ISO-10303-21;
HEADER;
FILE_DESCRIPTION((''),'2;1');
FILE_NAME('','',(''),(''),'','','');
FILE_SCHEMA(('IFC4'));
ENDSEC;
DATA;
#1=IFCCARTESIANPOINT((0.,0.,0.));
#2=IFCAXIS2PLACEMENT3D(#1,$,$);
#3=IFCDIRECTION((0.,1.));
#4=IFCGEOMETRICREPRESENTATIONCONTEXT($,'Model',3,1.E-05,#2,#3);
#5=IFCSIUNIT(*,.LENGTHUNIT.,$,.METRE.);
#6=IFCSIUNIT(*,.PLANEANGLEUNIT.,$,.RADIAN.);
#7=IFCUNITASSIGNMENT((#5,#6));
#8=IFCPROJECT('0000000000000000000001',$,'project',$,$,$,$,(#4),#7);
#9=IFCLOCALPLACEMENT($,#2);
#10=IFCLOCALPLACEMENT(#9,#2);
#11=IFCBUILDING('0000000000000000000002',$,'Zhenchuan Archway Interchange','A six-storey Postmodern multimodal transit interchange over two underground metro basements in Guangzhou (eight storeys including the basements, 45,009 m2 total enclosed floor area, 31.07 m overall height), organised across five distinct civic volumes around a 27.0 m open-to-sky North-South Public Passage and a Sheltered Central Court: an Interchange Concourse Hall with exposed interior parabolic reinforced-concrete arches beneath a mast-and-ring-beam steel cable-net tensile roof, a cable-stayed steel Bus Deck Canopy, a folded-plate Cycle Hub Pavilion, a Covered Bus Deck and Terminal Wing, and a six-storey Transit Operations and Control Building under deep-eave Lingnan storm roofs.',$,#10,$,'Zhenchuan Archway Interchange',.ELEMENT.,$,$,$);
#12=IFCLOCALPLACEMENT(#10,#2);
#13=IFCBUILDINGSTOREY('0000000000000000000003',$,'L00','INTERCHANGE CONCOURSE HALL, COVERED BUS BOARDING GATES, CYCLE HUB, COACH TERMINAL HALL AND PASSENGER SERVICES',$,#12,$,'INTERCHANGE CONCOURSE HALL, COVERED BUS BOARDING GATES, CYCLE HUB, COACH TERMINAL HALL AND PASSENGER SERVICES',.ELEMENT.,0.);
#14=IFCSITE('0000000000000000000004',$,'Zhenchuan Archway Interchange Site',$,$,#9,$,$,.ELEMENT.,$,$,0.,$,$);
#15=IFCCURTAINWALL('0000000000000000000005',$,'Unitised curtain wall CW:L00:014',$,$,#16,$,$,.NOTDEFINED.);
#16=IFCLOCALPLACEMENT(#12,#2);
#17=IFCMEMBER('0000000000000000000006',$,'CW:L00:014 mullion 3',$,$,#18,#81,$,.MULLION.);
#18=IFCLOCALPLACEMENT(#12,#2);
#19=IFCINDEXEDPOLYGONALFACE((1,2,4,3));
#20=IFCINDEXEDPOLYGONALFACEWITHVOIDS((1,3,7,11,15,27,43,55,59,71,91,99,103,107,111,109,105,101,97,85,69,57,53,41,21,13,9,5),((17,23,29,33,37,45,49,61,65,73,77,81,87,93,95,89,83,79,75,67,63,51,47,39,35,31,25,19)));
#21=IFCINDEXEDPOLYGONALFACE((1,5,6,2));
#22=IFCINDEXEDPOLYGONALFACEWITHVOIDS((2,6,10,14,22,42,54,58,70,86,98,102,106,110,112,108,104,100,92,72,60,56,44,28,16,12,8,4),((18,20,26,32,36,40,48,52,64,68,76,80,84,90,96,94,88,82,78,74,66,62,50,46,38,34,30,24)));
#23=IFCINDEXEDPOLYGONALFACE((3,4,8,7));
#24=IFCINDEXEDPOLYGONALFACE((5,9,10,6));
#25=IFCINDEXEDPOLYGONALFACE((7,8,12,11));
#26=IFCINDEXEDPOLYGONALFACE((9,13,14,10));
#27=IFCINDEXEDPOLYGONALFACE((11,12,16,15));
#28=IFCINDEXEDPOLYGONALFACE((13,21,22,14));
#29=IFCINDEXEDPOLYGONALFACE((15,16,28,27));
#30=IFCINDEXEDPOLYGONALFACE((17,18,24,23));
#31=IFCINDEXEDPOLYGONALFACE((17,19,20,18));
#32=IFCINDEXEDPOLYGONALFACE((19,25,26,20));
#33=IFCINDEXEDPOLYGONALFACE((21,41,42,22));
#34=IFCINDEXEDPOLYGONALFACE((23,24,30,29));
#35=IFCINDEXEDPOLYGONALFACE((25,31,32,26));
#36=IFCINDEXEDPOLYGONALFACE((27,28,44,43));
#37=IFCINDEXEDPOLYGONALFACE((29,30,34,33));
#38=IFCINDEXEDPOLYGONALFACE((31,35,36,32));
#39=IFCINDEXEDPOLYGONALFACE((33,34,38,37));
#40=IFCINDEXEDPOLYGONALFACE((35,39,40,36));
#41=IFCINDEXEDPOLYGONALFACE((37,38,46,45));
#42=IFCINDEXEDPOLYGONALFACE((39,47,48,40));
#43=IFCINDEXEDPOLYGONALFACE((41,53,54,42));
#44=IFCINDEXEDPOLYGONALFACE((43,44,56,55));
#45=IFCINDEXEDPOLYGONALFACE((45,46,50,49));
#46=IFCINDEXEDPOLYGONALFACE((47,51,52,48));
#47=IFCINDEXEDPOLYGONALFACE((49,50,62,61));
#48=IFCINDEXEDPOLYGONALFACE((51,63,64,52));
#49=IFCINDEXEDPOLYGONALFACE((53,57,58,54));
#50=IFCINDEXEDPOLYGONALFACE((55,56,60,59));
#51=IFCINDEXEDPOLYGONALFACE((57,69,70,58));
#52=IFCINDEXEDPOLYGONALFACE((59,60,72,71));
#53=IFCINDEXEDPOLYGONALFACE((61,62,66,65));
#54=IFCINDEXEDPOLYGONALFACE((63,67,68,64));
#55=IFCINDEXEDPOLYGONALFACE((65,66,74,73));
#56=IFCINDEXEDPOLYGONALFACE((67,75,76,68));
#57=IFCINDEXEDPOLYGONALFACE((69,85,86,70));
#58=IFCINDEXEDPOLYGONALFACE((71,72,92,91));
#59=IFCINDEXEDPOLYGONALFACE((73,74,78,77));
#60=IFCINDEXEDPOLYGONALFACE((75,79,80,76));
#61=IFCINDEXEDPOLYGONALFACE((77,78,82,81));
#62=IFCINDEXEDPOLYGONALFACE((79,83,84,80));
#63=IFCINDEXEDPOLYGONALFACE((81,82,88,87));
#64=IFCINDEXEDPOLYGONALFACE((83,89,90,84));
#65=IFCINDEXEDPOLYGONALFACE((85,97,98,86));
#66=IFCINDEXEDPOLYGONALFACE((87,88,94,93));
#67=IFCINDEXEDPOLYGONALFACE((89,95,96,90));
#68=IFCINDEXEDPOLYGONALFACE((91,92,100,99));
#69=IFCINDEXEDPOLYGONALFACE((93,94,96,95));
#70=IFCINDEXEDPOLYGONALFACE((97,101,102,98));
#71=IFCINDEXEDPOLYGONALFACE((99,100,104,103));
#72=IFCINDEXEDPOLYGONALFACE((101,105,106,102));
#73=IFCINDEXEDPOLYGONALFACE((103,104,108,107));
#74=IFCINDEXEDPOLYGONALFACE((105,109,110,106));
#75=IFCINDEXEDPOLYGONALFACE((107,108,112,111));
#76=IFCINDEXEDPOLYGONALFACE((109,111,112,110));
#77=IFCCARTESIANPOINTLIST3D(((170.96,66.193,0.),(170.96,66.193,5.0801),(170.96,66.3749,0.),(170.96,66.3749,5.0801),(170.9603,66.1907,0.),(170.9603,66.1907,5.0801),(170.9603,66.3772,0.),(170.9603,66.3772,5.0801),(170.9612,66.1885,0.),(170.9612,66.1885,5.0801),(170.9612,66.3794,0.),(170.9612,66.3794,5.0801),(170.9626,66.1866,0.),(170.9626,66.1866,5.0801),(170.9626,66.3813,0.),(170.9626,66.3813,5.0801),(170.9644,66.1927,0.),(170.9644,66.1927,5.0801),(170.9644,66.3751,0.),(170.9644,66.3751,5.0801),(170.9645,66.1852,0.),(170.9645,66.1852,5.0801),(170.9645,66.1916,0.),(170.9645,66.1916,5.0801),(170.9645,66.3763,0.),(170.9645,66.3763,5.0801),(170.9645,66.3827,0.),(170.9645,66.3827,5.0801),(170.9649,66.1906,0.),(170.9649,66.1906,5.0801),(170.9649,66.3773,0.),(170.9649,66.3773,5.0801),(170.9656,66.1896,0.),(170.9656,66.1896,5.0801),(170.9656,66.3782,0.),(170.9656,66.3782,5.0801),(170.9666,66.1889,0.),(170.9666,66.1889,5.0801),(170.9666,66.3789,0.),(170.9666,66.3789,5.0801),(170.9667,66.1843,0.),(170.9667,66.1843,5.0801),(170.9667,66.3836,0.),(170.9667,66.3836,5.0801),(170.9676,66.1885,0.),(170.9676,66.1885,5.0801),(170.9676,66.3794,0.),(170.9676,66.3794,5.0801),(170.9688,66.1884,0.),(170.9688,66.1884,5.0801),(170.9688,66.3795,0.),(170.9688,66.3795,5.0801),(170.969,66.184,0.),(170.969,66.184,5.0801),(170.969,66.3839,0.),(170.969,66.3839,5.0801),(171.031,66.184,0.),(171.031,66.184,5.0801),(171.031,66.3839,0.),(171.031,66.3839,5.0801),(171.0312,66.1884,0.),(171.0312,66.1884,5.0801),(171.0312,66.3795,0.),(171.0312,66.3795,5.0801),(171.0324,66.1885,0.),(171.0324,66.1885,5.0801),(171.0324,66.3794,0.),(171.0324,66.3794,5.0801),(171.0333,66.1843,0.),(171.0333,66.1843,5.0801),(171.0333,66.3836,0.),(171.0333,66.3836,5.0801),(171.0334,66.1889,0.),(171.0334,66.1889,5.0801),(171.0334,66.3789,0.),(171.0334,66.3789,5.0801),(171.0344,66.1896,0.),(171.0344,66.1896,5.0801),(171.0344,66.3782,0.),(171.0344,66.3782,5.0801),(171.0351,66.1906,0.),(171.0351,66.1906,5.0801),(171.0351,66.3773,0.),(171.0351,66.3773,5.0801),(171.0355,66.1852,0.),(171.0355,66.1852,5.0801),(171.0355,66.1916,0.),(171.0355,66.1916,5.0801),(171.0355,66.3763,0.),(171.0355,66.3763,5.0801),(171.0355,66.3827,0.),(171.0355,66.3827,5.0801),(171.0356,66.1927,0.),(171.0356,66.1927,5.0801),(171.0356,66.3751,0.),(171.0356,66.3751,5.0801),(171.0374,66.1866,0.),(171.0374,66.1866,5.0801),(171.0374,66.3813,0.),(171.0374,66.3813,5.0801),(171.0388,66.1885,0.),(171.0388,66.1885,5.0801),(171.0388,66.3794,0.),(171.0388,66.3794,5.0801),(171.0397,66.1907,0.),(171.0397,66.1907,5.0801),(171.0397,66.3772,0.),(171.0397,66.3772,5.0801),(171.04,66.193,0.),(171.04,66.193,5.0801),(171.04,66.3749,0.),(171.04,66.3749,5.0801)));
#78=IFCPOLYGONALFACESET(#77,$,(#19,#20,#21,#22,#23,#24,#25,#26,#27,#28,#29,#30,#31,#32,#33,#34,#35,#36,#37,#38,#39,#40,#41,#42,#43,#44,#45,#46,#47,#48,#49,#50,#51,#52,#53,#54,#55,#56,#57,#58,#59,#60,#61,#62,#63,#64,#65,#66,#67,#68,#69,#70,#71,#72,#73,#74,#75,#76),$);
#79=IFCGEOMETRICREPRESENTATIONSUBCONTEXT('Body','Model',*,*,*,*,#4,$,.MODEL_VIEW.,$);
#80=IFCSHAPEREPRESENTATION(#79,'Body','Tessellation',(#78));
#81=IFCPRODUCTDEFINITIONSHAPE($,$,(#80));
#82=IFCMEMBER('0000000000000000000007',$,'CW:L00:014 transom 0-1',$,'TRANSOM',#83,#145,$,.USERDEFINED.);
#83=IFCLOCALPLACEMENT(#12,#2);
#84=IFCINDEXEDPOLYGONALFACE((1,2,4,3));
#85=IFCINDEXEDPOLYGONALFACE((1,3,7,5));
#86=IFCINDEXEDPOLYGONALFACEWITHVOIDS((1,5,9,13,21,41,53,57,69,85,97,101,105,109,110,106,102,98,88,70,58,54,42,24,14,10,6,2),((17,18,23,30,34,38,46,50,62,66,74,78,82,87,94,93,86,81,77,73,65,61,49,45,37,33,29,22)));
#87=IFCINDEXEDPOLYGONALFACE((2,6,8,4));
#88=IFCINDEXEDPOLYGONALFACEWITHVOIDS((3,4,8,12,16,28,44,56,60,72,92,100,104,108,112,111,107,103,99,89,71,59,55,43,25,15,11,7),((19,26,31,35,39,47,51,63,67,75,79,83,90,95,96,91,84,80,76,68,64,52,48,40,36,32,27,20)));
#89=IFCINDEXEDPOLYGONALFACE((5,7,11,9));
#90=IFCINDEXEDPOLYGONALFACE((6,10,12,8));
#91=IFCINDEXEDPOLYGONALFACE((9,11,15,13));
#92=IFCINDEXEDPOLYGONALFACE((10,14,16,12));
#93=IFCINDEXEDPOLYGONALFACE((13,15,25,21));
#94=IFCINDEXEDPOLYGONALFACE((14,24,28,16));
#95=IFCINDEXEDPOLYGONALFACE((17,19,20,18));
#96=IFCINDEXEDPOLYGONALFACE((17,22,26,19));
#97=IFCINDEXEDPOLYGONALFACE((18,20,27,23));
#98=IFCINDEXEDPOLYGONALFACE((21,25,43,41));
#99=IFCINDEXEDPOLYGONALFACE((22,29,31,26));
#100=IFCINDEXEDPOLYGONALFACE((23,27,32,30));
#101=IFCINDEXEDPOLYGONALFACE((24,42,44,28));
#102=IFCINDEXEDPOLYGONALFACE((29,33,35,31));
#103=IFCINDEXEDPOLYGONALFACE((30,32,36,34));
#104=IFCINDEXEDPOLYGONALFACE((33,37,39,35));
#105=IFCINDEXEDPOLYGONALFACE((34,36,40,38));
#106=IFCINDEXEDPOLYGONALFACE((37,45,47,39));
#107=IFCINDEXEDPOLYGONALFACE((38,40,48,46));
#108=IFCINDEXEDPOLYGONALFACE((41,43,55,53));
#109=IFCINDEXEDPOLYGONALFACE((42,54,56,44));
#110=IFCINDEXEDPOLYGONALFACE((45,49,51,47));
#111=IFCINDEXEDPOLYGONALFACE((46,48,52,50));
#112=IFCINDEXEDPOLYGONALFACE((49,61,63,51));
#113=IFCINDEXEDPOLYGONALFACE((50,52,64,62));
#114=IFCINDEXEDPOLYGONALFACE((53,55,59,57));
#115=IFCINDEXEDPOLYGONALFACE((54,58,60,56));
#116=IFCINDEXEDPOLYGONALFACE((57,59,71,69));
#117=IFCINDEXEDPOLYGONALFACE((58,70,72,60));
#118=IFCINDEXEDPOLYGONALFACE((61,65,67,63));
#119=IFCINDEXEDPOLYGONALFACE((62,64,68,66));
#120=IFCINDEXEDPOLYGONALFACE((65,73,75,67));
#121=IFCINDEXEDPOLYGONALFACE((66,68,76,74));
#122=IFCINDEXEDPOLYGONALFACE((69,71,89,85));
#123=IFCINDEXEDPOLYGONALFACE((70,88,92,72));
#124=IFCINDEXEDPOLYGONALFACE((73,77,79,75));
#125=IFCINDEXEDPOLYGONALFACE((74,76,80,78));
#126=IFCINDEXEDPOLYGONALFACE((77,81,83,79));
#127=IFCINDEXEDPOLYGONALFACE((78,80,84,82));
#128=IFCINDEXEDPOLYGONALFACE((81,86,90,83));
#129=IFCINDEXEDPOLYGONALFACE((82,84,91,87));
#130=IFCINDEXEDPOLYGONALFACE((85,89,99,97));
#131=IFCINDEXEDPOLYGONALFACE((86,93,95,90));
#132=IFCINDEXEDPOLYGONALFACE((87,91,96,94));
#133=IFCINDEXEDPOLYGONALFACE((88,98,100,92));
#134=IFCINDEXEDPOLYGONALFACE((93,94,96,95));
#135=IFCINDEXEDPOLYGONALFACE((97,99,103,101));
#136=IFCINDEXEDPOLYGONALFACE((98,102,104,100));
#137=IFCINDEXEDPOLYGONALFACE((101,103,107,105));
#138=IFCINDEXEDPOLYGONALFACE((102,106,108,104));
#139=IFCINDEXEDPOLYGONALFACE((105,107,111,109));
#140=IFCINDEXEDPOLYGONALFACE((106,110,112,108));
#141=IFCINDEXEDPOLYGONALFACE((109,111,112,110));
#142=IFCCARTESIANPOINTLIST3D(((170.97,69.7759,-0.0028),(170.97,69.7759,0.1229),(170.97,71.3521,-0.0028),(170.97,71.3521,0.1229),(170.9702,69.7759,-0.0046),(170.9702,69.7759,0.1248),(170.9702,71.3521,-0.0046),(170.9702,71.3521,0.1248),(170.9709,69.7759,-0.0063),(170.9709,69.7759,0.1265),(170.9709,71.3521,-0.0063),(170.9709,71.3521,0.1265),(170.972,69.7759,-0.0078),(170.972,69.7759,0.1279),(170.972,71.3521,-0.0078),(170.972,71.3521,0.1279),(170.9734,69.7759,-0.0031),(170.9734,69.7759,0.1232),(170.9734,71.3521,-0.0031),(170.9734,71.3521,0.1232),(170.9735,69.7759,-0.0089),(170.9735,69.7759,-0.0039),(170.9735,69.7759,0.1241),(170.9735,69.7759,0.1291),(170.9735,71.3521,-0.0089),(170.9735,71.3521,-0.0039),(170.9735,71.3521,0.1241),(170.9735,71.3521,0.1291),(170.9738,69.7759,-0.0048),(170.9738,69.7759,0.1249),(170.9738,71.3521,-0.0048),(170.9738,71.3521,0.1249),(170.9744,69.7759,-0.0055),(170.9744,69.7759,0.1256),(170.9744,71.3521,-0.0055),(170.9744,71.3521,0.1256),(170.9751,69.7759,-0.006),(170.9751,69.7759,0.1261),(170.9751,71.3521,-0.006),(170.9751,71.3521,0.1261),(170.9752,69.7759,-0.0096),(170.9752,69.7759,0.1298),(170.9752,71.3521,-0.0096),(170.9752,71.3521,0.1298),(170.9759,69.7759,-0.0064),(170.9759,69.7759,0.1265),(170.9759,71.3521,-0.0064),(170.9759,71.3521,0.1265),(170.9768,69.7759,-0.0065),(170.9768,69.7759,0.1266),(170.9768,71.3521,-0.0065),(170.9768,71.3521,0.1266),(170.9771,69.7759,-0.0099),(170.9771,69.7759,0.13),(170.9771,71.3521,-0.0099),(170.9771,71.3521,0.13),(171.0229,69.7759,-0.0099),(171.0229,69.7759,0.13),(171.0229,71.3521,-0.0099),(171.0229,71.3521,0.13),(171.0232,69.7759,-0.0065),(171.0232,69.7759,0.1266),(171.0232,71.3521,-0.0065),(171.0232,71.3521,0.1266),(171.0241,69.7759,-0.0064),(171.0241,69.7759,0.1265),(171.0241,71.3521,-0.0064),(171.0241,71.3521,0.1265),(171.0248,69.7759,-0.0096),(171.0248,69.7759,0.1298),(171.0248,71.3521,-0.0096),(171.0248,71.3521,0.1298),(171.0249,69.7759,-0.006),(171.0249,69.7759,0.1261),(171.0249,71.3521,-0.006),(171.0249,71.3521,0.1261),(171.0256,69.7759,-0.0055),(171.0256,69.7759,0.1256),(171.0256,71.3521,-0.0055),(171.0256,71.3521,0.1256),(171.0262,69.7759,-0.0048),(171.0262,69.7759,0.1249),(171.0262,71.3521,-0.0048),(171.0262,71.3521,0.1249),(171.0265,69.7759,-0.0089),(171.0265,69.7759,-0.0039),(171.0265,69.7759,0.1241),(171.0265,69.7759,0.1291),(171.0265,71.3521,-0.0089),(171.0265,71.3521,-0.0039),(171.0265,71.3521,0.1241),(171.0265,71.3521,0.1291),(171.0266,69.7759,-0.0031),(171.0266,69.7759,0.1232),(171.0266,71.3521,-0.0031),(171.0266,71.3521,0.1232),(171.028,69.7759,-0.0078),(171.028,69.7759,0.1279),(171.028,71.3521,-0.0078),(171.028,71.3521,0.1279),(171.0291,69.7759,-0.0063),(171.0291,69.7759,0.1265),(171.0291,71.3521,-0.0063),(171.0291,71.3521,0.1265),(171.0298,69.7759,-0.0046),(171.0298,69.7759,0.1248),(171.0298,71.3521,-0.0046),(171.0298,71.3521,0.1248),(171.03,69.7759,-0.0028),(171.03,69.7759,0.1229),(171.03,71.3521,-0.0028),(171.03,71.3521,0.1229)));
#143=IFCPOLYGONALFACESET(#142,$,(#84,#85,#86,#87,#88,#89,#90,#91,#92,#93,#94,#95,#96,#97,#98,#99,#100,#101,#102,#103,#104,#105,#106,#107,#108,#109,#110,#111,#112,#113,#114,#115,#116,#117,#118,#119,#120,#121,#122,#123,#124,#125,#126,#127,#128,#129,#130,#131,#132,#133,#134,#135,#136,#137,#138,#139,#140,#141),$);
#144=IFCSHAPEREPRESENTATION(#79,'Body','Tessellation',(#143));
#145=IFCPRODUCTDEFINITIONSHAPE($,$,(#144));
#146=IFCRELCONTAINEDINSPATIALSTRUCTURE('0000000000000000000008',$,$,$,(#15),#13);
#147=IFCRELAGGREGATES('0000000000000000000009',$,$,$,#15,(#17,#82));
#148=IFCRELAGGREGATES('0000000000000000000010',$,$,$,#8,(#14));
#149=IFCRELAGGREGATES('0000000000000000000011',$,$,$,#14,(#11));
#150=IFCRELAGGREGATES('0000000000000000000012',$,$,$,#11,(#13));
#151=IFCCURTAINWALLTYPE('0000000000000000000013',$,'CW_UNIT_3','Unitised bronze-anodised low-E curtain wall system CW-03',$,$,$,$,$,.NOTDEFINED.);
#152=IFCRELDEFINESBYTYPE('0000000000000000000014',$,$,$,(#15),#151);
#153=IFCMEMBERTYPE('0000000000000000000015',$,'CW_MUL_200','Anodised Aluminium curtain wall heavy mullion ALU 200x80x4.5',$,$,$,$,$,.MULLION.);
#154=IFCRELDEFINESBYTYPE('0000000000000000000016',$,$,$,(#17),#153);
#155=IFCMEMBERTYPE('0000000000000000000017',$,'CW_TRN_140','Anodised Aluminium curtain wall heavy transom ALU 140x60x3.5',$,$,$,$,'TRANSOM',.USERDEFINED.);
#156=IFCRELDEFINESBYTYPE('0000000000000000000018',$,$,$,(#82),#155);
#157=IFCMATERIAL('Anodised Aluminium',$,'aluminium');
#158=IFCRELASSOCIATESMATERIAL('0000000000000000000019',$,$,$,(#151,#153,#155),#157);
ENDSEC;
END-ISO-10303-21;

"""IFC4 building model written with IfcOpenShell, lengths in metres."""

from ifc_helpers import new_model, si_unit, direction, frame, origin, origin_2d, place, context, subcontext, project, spatial, hollow_rectangle, extrude, material, material_profile, profile_set, type_object, element, aggregate, save


model = new_model("IFC4")

# Units and contexts
model_context = context("Model", 3, precision=1e-05, world=origin(), true_north=direction((0.0, 1.0)))
body_context = subcontext(model_context, "Body", "Model", "MODEL_VIEW")
ifc_project = project(units=[si_unit("LENGTHUNIT", "METRE"), si_unit("PLANEANGLEUNIT", "RADIAN")], contexts=[model_context])

# Site, building, storey
site_placement = place(None, origin())
site = spatial("IfcSite", under=ifc_project, at=site_placement, Name="Zhenchuan Archway Interchange Site", CompositionType="ELEMENT", RefElevation=0.0)
building_placement = place(site_placement, origin())
building = spatial("IfcBuilding", under=site, at=building_placement, Name="Zhenchuan Archway Interchange", Description="A six-storey Postmodern multimodal transit interchange over two underground metro basements in Guangzhou (eight storeys including the basements, 45,009 m2 total enclosed floor area, 31.07 m overall height), organised across five distinct civic volumes around a 27.0 m open-to-sky North-South Public Passage and a Sheltered Central Court: an Interchange Concourse Hall with exposed interior parabolic reinforced-concrete arches beneath a mast-and-ring-beam steel cable-net tensile roof, a cable-stayed steel Bus Deck Canopy, a folded-plate Cycle Hub Pavilion, a Covered Bus Deck and Terminal Wing, and a six-storey Transit Operations and Control Building under deep-eave Lingnan storm roofs.", LongName="Zhenchuan Archway Interchange", CompositionType="ELEMENT")
storey_placement = place(building_placement, origin())
storey = spatial("IfcBuildingStorey", under=building, at=storey_placement, Name="L00", Description="INTERCHANGE CONCOURSE HALL, COVERED BUS BOARDING GATES, CYCLE HUB, COACH TERMINAL HALL AND PASSENGER SERVICES", LongName="INTERCHANGE CONCOURSE HALL, COVERED BUS BOARDING GATES, CYCLE HUB, COACH TERMINAL HALL AND PASSENGER SERVICES", CompositionType="ELEMENT", Elevation=0.0)

# Curtain wall, members
ifc_material_1 = material(Name="Anodised Aluminium", Category="aluminium")
curtain_wall_type = type_object("IfcCurtainWallType", Name="CW_UNIT_3", Description="Unitised bronze-anodised low-E curtain wall system CW-03", PredefinedType="NOTDEFINED", material=ifc_material_1)
curtain_wall_placement = place(storey_placement, origin())
curtain_wall = element("IfcCurtainWall", 1, at=curtain_wall_placement, inside=storey, type_object=curtain_wall_type, Name="Unitised curtain wall CW:L00:014", PredefinedType="NOTDEFINED")
ifc_material_profile_1 = material_profile(ifc_material_1, hollow_rectangle(XDim=0.0801, YDim=0.2, WallThickness=0.0044, InnerFilletRadius=0.0044, OuterFilletRadius=0.009, at=origin_2d()), Name="ALU 200x80x4.5")
ifc_profile_set_1 = profile_set([ifc_material_profile_1], Name="Anodised Aluminium")
member_type_1 = type_object("IfcMemberType", Name="CW_MUL_200", Description="Anodised Aluminium curtain wall heavy mullion ALU 200x80x4.5", PredefinedType="MULLION", material=ifc_profile_set_1)
member_1_placement = place(storey_placement, frame((171.0, 66.2839, 0.0), z_axis=(0.0, 0.0, 1.0), x_axis=(1.0, 0.0, 0.0)))
member_1 = element("IfcMember", 2, at=member_1_placement, type_object=member_type_1, Name="CW:L00:014 mullion 3", PredefinedType="MULLION", context=body_context, shape_type="SweptSolid", body=[
    extrude(hollow_rectangle(XDim=0.0801, YDim=0.2, WallThickness=0.0044, InnerFilletRadius=0.0044, OuterFilletRadius=0.009, at=origin_2d()), origin(), (0.0, 0.0, 1.0), 5.0801),
])
ifc_material_profile_2 = material_profile(ifc_material_1, hollow_rectangle(XDim=0.0601, YDim=0.1399, WallThickness=0.0034, InnerFilletRadius=0.0034, OuterFilletRadius=0.0071, at=origin_2d()), Name="ALU 140x60x3.5")
ifc_profile_set_2 = profile_set([ifc_material_profile_2], Name="Anodised Aluminium")
member_type_2 = type_object("IfcMemberType", Name="CW_TRN_140", Description="Anodised Aluminium curtain wall heavy transom ALU 140x60x3.5", ElementType="TRANSOM", PredefinedType="USERDEFINED", material=ifc_profile_set_2)
member_2_placement = place(storey_placement, frame((171.0, 71.3521, 0.0601), z_axis=(0.0, -1.0, 0.0), x_axis=(1.0, 0.0, 0.0)))
member_2 = element("IfcMember", 3, at=member_2_placement, type_object=member_type_2, Name="CW:L00:014 transom 0-1", ObjectType="TRANSOM", PredefinedType="USERDEFINED", context=body_context, shape_type="SweptSolid", body=[
    extrude(hollow_rectangle(XDim=0.0601, YDim=0.1399, WallThickness=0.0034, InnerFilletRadius=0.0034, OuterFilletRadius=0.0071, at=origin_2d()), origin(), (0.0, 0.0, 1.0), 1.5762),
])
aggregate(curtain_wall, [member_1, member_2])

save(model, "model.ifc")
